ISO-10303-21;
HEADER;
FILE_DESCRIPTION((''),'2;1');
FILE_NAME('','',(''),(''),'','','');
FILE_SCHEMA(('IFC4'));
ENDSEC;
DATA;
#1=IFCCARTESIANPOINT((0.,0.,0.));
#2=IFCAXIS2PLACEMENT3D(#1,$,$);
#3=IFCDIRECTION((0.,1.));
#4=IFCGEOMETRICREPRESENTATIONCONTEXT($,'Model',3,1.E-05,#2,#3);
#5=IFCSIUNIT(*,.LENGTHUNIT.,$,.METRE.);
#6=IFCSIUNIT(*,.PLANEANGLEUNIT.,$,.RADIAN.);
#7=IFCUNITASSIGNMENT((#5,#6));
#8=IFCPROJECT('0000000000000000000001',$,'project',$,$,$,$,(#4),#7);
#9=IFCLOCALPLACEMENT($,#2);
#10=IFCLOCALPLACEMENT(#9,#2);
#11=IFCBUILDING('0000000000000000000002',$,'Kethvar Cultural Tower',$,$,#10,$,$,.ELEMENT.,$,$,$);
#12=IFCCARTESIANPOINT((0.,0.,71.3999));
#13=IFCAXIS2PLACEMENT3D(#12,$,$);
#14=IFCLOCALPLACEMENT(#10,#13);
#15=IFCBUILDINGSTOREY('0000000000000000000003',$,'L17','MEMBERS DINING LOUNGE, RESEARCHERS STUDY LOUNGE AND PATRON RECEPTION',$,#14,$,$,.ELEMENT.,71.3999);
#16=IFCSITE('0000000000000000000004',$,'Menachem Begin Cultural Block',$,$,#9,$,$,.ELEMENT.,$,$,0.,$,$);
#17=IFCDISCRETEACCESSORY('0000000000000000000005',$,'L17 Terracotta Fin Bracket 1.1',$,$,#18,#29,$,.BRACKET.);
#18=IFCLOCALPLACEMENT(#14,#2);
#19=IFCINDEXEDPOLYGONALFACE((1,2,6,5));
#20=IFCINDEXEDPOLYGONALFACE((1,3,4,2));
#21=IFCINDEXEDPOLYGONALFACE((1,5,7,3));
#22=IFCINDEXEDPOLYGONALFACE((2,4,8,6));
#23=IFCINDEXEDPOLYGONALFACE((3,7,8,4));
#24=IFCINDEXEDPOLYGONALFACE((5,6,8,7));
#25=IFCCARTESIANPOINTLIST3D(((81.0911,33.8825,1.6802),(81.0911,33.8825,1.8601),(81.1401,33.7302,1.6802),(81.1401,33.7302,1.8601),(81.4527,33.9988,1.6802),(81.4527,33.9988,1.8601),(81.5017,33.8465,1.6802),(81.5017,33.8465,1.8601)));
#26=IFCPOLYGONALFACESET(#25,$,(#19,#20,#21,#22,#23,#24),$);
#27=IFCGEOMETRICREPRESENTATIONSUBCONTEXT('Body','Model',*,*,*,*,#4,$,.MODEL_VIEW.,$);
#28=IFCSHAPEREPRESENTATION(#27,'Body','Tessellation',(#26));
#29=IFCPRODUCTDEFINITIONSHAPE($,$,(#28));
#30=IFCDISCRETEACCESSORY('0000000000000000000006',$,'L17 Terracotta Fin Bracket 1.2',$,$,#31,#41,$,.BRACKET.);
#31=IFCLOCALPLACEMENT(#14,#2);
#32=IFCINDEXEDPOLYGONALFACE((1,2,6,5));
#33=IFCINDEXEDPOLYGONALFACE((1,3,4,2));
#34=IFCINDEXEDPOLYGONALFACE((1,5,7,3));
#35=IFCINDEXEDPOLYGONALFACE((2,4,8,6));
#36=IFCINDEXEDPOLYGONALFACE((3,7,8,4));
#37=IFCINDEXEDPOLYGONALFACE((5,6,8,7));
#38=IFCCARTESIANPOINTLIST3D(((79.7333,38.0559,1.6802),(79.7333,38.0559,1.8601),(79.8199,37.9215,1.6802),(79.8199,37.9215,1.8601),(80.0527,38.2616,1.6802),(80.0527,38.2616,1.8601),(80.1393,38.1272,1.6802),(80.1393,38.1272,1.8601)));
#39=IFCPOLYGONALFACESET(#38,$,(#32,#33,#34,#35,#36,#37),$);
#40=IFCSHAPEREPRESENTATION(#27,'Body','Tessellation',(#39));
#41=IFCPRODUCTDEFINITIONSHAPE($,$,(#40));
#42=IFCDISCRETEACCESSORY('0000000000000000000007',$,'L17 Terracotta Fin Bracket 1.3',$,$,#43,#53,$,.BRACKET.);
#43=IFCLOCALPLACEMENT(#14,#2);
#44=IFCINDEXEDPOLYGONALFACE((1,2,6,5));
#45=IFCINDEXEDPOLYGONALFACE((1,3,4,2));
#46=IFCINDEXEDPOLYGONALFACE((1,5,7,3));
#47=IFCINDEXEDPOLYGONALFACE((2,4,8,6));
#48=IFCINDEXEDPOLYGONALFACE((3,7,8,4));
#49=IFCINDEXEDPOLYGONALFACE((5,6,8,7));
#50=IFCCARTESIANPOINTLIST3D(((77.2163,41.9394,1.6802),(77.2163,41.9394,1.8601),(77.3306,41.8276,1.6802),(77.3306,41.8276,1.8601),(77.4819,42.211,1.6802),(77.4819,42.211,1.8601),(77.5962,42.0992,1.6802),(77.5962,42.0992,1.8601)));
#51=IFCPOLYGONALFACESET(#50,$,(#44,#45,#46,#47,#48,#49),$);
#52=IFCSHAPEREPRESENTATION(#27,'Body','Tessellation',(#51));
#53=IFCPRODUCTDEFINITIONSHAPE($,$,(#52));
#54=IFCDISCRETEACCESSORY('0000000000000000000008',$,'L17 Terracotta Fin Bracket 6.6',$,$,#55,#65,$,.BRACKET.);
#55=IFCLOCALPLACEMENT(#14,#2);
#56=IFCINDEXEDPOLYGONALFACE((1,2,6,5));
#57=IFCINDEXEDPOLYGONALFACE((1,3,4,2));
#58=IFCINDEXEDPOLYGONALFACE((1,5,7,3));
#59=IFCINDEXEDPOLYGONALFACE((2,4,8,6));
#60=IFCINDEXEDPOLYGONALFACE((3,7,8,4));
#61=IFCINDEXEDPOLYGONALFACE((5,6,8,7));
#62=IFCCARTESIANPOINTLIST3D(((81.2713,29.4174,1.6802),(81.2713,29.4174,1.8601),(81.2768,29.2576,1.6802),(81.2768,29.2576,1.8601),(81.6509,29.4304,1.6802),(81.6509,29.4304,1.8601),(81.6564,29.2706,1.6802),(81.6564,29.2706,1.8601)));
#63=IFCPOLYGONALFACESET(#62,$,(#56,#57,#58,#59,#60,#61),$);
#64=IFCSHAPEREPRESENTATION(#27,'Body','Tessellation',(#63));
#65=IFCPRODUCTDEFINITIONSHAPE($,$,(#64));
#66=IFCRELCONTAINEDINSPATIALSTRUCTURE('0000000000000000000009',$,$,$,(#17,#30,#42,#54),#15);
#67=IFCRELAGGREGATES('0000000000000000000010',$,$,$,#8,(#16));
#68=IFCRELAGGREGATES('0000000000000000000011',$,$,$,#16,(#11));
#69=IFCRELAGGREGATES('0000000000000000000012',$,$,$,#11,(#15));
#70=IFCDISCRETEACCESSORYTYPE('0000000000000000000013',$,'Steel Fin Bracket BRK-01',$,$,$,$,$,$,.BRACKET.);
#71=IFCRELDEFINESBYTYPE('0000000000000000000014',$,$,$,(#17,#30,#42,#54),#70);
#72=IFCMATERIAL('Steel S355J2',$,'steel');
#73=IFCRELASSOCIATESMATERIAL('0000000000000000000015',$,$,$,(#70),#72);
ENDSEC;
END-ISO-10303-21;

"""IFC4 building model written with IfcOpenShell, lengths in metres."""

from ifc_helpers import new_model, si_unit, direction, frame, origin, origin_2d, place, context, subcontext, project, spatial, rectangle, extrude, source, transform, mapped, material, type_object, element, save


model = new_model("IFC4")

# Units and contexts
model_context = context("Model", 3, precision=1e-05, world=origin(), true_north=direction((0.0, 1.0)))
body_context = subcontext(model_context, "Body", "Model", "MODEL_VIEW")
ifc_project = project(units=[si_unit("LENGTHUNIT", "METRE"), si_unit("PLANEANGLEUNIT", "RADIAN")], contexts=[model_context])

# Site, building, storey
site_placement = place(None, origin())
site = spatial("IfcSite", under=ifc_project, at=site_placement, Name="Menachem Begin Cultural Block", CompositionType="ELEMENT", RefElevation=0.0)
building_placement = place(site_placement, origin())
building = spatial("IfcBuilding", under=site, at=building_placement, Name="Kethvar Cultural Tower", CompositionType="ELEMENT")
storey_placement = place(building_placement, frame((0.0, 0.0, 71.3999)))
storey = spatial("IfcBuildingStorey", under=building, at=storey_placement, Name="L17", Description="MEMBERS DINING LOUNGE, RESEARCHERS STUDY LOUNGE AND PATRON RECEPTION", CompositionType="ELEMENT", Elevation=71.3999)

# Shared definitions
ifc_material_1 = material(Name="Steel S355J2", Category="steel")

# Discrete accessories
discrete_accessory_type = type_object("IfcDiscreteAccessoryType", Name="Steel Fin Bracket BRK-01", PredefinedType="BRACKET", material=ifc_material_1)
shared_shape_1 = source(origin(), body_context, "Body", "SweptSolid", [
    extrude(rectangle(XDim=0.3799, YDim=0.1599, at=origin_2d()), origin(), (0.0, 0.0, 1.0), 0.1799),
])
for number, where, z_axis, x_axis, name in (
    (1, (81.2964, 33.8645, 1.6802), (0.0, 0.0, 1.0), (0.951969, 0.306194, 0.0), "L17 Terracotta Fin Bracket 1.1"),
    (2, (79.9363, 38.0916, 1.6802), (0.0, 0.0, 1.0), (0.840661, 0.541561, 0.0), "L17 Terracotta Fin Bracket 1.2"),
    (3, (77.4062, 42.0193, 1.6802), (0.0, 0.0, 1.0), (0.699164, 0.714961, 0.0), "L17 Terracotta Fin Bracket 1.3"),
    (4, (81.4639, 29.344, 1.6802), (0.0, 0.0, 1.0), (0.999409, 0.034376, 0.0), "L17 Terracotta Fin Bracket 6.6"),
):
    element("IfcDiscreteAccessory", number, at=place(storey_placement, frame(where, z_axis=z_axis, x_axis=x_axis)), inside=storey, type_object=discrete_accessory_type, Name=name, PredefinedType="BRACKET", context=body_context, shape_type="MappedRepresentation", body=[
        mapped(shared_shape_1, transform((0.0, 0.0, 0.0), scale=1.0)),
    ])

save(model, "model.ifc")
